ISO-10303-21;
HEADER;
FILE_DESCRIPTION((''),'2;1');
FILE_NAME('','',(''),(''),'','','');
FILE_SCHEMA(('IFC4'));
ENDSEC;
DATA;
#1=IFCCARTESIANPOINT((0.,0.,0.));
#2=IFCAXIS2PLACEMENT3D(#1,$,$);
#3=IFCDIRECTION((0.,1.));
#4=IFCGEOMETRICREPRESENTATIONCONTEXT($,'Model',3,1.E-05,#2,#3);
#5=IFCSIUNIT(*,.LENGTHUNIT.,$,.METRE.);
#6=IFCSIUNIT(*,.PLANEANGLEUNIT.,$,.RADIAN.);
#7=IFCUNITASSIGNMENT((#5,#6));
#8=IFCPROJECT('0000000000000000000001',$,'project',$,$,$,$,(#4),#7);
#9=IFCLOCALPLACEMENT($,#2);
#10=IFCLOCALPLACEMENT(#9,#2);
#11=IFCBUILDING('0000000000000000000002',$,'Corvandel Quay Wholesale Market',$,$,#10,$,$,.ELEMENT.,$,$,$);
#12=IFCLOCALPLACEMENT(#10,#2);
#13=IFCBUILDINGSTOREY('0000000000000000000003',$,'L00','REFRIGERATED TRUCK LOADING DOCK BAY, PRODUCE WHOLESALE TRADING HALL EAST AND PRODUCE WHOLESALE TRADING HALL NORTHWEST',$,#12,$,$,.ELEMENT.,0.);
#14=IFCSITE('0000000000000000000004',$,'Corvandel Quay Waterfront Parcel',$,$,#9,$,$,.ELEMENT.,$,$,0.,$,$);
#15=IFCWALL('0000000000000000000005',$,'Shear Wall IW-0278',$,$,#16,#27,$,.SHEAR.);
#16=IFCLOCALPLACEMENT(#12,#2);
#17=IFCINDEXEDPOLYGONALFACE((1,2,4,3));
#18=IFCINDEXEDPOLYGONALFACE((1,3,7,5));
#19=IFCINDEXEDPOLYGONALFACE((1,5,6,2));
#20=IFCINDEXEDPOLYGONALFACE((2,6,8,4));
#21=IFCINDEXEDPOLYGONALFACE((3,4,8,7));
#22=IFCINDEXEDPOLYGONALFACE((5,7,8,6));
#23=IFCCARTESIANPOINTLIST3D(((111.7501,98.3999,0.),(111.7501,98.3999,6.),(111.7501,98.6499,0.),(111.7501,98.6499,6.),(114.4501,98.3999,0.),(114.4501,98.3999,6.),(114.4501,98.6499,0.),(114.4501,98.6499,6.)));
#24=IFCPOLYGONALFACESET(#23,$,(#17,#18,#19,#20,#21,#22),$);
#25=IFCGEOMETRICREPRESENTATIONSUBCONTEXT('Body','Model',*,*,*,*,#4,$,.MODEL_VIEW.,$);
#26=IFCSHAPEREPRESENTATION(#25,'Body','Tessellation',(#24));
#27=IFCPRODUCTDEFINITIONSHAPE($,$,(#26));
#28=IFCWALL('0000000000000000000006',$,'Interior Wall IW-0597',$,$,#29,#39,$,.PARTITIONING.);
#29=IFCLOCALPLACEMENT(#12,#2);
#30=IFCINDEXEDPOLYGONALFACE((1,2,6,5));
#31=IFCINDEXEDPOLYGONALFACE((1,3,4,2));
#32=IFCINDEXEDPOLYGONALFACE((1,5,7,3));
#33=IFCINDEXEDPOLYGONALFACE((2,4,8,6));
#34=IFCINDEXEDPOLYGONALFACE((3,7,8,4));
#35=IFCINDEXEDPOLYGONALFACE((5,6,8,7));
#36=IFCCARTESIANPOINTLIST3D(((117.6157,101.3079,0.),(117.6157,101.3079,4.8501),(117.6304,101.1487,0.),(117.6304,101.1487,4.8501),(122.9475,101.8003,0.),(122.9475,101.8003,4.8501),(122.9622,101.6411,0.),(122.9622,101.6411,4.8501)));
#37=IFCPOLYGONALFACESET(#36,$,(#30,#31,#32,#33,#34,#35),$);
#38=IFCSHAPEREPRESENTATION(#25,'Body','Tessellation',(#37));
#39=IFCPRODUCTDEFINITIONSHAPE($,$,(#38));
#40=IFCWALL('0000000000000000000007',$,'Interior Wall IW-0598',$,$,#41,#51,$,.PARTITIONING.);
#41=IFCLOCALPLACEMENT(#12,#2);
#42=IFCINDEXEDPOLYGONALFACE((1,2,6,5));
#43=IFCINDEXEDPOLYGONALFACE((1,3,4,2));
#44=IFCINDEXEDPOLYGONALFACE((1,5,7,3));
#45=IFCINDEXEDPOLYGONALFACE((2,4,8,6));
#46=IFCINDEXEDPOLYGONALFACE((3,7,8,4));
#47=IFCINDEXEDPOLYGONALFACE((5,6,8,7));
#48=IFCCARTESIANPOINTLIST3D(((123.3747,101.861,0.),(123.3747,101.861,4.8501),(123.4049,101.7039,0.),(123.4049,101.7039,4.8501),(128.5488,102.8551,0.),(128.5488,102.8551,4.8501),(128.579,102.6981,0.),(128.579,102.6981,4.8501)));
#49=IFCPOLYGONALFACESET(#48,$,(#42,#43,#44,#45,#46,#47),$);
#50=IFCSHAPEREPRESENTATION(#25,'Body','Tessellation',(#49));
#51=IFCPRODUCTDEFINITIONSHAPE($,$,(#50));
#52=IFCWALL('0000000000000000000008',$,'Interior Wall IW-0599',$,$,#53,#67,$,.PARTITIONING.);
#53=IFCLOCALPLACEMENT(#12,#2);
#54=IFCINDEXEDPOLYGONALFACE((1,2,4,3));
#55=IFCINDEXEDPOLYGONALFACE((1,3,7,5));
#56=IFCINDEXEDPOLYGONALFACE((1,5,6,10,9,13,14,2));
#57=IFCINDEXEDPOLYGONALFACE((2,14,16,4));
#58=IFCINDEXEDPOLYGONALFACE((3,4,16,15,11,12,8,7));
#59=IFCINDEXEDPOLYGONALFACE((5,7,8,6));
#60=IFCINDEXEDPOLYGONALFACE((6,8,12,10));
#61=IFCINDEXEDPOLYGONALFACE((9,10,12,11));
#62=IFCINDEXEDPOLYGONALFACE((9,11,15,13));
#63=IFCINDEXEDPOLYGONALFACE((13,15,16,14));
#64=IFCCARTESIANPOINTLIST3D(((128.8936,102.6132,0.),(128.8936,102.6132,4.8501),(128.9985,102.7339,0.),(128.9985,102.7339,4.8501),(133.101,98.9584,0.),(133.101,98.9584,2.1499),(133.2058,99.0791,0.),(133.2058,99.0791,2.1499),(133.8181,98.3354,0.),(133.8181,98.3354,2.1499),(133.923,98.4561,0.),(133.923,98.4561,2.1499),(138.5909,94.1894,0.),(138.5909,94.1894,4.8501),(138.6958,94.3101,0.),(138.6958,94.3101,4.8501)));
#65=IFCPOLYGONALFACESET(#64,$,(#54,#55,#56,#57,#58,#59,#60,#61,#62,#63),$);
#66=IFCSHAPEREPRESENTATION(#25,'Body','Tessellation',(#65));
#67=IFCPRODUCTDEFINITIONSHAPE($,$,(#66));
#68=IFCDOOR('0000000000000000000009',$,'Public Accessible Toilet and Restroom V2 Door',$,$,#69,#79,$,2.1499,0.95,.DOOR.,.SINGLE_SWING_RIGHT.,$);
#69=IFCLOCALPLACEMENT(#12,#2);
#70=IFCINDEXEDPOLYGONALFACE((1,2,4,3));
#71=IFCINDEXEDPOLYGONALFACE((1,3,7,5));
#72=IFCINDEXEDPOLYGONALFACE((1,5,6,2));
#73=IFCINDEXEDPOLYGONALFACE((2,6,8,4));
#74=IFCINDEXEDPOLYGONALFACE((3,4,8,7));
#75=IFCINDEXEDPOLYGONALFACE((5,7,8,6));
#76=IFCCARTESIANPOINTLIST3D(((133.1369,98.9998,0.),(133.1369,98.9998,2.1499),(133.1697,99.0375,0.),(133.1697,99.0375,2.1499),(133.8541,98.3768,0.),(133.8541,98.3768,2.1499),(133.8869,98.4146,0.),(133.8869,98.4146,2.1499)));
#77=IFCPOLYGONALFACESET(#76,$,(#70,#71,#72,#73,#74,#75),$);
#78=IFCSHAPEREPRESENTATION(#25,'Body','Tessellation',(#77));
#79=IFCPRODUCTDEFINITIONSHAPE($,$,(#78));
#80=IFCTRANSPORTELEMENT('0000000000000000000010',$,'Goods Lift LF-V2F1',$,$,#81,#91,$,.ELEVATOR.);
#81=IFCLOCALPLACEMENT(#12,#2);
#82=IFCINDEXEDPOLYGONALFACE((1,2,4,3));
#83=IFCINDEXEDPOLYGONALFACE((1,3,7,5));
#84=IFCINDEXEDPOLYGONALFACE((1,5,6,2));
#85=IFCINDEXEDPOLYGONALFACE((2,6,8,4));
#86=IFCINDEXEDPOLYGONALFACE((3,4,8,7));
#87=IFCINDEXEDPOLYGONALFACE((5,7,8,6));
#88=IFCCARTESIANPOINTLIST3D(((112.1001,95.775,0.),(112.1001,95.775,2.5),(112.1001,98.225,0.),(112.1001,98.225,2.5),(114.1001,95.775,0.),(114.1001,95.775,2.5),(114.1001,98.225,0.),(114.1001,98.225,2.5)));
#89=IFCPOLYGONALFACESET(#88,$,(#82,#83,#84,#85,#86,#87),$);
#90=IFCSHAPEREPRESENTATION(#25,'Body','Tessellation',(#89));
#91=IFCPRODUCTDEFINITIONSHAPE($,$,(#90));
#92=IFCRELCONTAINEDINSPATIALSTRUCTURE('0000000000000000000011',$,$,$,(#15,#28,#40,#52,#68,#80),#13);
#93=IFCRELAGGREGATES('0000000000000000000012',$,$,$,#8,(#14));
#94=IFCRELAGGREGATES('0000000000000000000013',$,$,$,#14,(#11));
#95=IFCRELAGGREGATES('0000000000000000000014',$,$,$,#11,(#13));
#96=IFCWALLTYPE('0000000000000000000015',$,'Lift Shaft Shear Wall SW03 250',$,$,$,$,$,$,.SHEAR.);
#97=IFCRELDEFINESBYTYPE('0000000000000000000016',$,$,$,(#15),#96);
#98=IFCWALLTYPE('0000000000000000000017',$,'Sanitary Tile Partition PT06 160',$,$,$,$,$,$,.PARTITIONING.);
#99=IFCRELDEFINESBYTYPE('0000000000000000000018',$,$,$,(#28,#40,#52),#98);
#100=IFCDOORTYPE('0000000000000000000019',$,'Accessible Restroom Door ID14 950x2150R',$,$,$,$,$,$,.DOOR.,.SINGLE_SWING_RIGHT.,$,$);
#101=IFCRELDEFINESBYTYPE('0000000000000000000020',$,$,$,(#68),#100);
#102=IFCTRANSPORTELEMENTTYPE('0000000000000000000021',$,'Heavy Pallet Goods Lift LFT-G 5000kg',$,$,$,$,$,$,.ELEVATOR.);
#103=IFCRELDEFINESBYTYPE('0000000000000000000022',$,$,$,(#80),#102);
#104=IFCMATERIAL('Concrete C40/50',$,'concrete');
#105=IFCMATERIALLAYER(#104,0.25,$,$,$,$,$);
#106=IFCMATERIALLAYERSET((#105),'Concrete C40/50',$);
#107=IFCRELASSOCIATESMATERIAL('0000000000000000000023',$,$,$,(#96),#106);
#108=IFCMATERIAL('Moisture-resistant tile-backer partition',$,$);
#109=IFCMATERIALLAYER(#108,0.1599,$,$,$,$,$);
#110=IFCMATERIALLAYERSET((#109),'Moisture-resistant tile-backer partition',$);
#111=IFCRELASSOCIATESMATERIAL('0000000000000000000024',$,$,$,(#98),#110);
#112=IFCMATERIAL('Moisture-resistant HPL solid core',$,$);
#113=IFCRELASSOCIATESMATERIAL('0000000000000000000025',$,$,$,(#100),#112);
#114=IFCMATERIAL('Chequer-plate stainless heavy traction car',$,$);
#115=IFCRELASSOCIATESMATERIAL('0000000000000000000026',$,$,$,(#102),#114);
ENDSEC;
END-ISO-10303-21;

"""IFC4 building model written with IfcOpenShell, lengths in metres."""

from ifc_helpers import new_model, si_unit, direction, frame, frame_2d, origin, origin_2d, place, context, subcontext, project, spatial, rectangle, extrude, material, layer, layer_set, type_object, element, fill, save


model = new_model("IFC4")

# Units and contexts
model_context = context("Model", 3, precision=1e-05, world=origin(), true_north=direction((0.0, 1.0)))
body_context = subcontext(model_context, "Body", "Model", "MODEL_VIEW")
ifc_project = project(units=[si_unit("LENGTHUNIT", "METRE"), si_unit("PLANEANGLEUNIT", "RADIAN")], contexts=[model_context])

# Site, building, storey
site_placement = place(None, origin())
site = spatial("IfcSite", under=ifc_project, at=site_placement, Name="Corvandel Quay Waterfront Parcel", CompositionType="ELEMENT", RefElevation=0.0)
building_placement = place(site_placement, origin())
building = spatial("IfcBuilding", under=site, at=building_placement, Name="Corvandel Quay Wholesale Market", CompositionType="ELEMENT")
storey_placement = place(building_placement, origin())
storey = spatial("IfcBuildingStorey", under=building, at=storey_placement, Name="L00", Description="REFRIGERATED TRUCK LOADING DOCK BAY, PRODUCE WHOLESALE TRADING HALL EAST AND PRODUCE WHOLESALE TRADING HALL NORTHWEST", CompositionType="ELEMENT", Elevation=0.0)

# Shared definitions
ifc_material_1 = material(Name="Concrete C40/50", Category="concrete")

# Walls
ifc_layer_1 = layer(ifc_material_1, 0.25)
ifc_layer_set_1 = layer_set([ifc_layer_1], Name="Concrete C40/50")
wall_type_1 = type_object("IfcWallType", Name="Lift Shaft Shear Wall SW03 250", PredefinedType="SHEAR", material=ifc_layer_set_1)
wall_1_placement = place(storey_placement, frame((111.75, 98.5249, 0.0), z_axis=(0.0, 0.0, 1.0), x_axis=(1.0, 0.0, 0.0)))
element("IfcWall", 1, at=wall_1_placement, inside=storey, type_object=wall_type_1, Name="Shear Wall IW-0278", PredefinedType="SHEAR", context=body_context, shape_type="SweptSolid", body=[
    extrude(rectangle(XDim=2.7, YDim=0.25, at=frame_2d((1.3501, 0.0))), origin(), (0.0, 0.0, 1.0), 6.0),
])
ifc_material_2 = material(Name="Moisture-resistant tile-backer partition")
ifc_layer_2 = layer(ifc_material_2, 0.1599)
ifc_layer_set_2 = layer_set([ifc_layer_2], Name="Moisture-resistant tile-backer partition")
wall_type_2 = type_object("IfcWallType", Name="Sanitary Tile Partition PT06 160", PredefinedType="PARTITIONING", material=ifc_layer_set_2)
wall_2_placement = place(storey_placement, frame((117.623, 101.2283, 0.0), z_axis=(0.0, 0.0, 1.0), x_axis=(0.995762, 0.091966, 0.0)))
element("IfcWall", 2, at=wall_2_placement, inside=storey, type_object=wall_type_2, Name="Interior Wall IW-0597", PredefinedType="PARTITIONING", context=body_context, shape_type="SweptSolid", body=[
    extrude(rectangle(XDim=5.3545, YDim=0.1599, at=frame_2d((2.6772, 0.0))), origin(), (0.0, 0.0, 1.0), 4.8501),
])
wall_3_placement = place(storey_placement, frame((123.3899, 101.7825, 0.0), z_axis=(0.0, 0.0, 1.0), x_axis=(0.982037, 0.188688, 0.0)))
element("IfcWall", 3, at=wall_3_placement, inside=storey, type_object=wall_type_2, Name="Interior Wall IW-0598", PredefinedType="PARTITIONING", context=body_context, shape_type="SweptSolid", body=[
    extrude(rectangle(XDim=5.2688, YDim=0.1599, at=frame_2d((2.6343, 0.0))), origin(), (0.0, 0.0, 1.0), 4.8501),
])

# Wall, opening, door
wall_4_placement = place(storey_placement, frame((128.946, 102.6736, 0.0), z_axis=(0.0, 0.0, 1.0), x_axis=(0.754936, -0.655798, 0.0)))
wall_4 = element("IfcWall", 4, at=wall_4_placement, inside=storey, type_object=wall_type_2, Name="Interior Wall IW-0599", PredefinedType="PARTITIONING", context=body_context, shape_type="SweptSolid", body=[
    extrude(rectangle(XDim=12.8452, YDim=0.1599, at=frame_2d((6.4226, 0.0))), origin(), (0.0, 0.0, 1.0), 4.8501),
])
opening_placement = place(wall_4_placement, frame((5.573, 0.0, 0.0)))
opening = element("IfcOpeningElement", 5, at=opening_placement, cuts=wall_4, PredefinedType="OPENING", context=body_context, shape_type="SweptSolid", body=[
    extrude(rectangle(XDim=0.95, YDim=2.1499, at=frame_2d((0.4751, 1.075))), frame((0.0, 0.0898, 0.0), z_axis=(0.0, -1.0, 0.0), x_axis=(1.0, 0.0, 0.0)), (0.0, 0.0, 1.0), 0.1799),
])
ifc_material_3 = material(Name="Moisture-resistant HPL solid core")
door_type = type_object("IfcDoorType", Name="Accessible Restroom Door ID14 950x2150R", OperationType="SINGLE_SWING_RIGHT", PredefinedType="DOOR", material=ifc_material_3)
door_placement = place(opening_placement, origin())
door = element("IfcDoor", 6, at=door_placement, inside=storey, type_object=door_type, Name="Public Accessible Toilet and Restroom V2 Door", OperationType="SINGLE_SWING_RIGHT", OverallHeight=2.1499, OverallWidth=0.95, PredefinedType="DOOR", context=body_context, shape_type="SweptSolid", body=[
    extrude(rectangle(XDim=0.95, YDim=2.1499, at=frame_2d((0.4751, 1.075))), frame((0.0, 0.0249, 0.0), z_axis=(0.0, -1.0, 0.0), x_axis=(1.0, 0.0, 0.0)), (0.0, 0.0, 1.0), 0.05),
])
fill(opening, door)

# Transport element
ifc_material_4 = material(Name="Chequer-plate stainless heavy traction car")
transport_element_type = type_object("IfcTransportElementType", Name="Heavy Pallet Goods Lift LFT-G 5000kg", PredefinedType="ELEVATOR", material=ifc_material_4)
transport_element_placement = place(storey_placement, frame((113.1001, 97.0, 0.0), z_axis=(0.0, 0.0, 1.0), x_axis=(1.0, 0.0, 0.0)))
element("IfcTransportElement", 7, at=transport_element_placement, inside=storey, type_object=transport_element_type, Name="Goods Lift LF-V2F1", PredefinedType="ELEVATOR", context=body_context, shape_type="SweptSolid", body=[
    extrude(rectangle(XDim=2.0, YDim=2.45, at=origin_2d()), origin(), (0.0, 0.0, 1.0), 2.5),
])

save(model, "model.ifc")
